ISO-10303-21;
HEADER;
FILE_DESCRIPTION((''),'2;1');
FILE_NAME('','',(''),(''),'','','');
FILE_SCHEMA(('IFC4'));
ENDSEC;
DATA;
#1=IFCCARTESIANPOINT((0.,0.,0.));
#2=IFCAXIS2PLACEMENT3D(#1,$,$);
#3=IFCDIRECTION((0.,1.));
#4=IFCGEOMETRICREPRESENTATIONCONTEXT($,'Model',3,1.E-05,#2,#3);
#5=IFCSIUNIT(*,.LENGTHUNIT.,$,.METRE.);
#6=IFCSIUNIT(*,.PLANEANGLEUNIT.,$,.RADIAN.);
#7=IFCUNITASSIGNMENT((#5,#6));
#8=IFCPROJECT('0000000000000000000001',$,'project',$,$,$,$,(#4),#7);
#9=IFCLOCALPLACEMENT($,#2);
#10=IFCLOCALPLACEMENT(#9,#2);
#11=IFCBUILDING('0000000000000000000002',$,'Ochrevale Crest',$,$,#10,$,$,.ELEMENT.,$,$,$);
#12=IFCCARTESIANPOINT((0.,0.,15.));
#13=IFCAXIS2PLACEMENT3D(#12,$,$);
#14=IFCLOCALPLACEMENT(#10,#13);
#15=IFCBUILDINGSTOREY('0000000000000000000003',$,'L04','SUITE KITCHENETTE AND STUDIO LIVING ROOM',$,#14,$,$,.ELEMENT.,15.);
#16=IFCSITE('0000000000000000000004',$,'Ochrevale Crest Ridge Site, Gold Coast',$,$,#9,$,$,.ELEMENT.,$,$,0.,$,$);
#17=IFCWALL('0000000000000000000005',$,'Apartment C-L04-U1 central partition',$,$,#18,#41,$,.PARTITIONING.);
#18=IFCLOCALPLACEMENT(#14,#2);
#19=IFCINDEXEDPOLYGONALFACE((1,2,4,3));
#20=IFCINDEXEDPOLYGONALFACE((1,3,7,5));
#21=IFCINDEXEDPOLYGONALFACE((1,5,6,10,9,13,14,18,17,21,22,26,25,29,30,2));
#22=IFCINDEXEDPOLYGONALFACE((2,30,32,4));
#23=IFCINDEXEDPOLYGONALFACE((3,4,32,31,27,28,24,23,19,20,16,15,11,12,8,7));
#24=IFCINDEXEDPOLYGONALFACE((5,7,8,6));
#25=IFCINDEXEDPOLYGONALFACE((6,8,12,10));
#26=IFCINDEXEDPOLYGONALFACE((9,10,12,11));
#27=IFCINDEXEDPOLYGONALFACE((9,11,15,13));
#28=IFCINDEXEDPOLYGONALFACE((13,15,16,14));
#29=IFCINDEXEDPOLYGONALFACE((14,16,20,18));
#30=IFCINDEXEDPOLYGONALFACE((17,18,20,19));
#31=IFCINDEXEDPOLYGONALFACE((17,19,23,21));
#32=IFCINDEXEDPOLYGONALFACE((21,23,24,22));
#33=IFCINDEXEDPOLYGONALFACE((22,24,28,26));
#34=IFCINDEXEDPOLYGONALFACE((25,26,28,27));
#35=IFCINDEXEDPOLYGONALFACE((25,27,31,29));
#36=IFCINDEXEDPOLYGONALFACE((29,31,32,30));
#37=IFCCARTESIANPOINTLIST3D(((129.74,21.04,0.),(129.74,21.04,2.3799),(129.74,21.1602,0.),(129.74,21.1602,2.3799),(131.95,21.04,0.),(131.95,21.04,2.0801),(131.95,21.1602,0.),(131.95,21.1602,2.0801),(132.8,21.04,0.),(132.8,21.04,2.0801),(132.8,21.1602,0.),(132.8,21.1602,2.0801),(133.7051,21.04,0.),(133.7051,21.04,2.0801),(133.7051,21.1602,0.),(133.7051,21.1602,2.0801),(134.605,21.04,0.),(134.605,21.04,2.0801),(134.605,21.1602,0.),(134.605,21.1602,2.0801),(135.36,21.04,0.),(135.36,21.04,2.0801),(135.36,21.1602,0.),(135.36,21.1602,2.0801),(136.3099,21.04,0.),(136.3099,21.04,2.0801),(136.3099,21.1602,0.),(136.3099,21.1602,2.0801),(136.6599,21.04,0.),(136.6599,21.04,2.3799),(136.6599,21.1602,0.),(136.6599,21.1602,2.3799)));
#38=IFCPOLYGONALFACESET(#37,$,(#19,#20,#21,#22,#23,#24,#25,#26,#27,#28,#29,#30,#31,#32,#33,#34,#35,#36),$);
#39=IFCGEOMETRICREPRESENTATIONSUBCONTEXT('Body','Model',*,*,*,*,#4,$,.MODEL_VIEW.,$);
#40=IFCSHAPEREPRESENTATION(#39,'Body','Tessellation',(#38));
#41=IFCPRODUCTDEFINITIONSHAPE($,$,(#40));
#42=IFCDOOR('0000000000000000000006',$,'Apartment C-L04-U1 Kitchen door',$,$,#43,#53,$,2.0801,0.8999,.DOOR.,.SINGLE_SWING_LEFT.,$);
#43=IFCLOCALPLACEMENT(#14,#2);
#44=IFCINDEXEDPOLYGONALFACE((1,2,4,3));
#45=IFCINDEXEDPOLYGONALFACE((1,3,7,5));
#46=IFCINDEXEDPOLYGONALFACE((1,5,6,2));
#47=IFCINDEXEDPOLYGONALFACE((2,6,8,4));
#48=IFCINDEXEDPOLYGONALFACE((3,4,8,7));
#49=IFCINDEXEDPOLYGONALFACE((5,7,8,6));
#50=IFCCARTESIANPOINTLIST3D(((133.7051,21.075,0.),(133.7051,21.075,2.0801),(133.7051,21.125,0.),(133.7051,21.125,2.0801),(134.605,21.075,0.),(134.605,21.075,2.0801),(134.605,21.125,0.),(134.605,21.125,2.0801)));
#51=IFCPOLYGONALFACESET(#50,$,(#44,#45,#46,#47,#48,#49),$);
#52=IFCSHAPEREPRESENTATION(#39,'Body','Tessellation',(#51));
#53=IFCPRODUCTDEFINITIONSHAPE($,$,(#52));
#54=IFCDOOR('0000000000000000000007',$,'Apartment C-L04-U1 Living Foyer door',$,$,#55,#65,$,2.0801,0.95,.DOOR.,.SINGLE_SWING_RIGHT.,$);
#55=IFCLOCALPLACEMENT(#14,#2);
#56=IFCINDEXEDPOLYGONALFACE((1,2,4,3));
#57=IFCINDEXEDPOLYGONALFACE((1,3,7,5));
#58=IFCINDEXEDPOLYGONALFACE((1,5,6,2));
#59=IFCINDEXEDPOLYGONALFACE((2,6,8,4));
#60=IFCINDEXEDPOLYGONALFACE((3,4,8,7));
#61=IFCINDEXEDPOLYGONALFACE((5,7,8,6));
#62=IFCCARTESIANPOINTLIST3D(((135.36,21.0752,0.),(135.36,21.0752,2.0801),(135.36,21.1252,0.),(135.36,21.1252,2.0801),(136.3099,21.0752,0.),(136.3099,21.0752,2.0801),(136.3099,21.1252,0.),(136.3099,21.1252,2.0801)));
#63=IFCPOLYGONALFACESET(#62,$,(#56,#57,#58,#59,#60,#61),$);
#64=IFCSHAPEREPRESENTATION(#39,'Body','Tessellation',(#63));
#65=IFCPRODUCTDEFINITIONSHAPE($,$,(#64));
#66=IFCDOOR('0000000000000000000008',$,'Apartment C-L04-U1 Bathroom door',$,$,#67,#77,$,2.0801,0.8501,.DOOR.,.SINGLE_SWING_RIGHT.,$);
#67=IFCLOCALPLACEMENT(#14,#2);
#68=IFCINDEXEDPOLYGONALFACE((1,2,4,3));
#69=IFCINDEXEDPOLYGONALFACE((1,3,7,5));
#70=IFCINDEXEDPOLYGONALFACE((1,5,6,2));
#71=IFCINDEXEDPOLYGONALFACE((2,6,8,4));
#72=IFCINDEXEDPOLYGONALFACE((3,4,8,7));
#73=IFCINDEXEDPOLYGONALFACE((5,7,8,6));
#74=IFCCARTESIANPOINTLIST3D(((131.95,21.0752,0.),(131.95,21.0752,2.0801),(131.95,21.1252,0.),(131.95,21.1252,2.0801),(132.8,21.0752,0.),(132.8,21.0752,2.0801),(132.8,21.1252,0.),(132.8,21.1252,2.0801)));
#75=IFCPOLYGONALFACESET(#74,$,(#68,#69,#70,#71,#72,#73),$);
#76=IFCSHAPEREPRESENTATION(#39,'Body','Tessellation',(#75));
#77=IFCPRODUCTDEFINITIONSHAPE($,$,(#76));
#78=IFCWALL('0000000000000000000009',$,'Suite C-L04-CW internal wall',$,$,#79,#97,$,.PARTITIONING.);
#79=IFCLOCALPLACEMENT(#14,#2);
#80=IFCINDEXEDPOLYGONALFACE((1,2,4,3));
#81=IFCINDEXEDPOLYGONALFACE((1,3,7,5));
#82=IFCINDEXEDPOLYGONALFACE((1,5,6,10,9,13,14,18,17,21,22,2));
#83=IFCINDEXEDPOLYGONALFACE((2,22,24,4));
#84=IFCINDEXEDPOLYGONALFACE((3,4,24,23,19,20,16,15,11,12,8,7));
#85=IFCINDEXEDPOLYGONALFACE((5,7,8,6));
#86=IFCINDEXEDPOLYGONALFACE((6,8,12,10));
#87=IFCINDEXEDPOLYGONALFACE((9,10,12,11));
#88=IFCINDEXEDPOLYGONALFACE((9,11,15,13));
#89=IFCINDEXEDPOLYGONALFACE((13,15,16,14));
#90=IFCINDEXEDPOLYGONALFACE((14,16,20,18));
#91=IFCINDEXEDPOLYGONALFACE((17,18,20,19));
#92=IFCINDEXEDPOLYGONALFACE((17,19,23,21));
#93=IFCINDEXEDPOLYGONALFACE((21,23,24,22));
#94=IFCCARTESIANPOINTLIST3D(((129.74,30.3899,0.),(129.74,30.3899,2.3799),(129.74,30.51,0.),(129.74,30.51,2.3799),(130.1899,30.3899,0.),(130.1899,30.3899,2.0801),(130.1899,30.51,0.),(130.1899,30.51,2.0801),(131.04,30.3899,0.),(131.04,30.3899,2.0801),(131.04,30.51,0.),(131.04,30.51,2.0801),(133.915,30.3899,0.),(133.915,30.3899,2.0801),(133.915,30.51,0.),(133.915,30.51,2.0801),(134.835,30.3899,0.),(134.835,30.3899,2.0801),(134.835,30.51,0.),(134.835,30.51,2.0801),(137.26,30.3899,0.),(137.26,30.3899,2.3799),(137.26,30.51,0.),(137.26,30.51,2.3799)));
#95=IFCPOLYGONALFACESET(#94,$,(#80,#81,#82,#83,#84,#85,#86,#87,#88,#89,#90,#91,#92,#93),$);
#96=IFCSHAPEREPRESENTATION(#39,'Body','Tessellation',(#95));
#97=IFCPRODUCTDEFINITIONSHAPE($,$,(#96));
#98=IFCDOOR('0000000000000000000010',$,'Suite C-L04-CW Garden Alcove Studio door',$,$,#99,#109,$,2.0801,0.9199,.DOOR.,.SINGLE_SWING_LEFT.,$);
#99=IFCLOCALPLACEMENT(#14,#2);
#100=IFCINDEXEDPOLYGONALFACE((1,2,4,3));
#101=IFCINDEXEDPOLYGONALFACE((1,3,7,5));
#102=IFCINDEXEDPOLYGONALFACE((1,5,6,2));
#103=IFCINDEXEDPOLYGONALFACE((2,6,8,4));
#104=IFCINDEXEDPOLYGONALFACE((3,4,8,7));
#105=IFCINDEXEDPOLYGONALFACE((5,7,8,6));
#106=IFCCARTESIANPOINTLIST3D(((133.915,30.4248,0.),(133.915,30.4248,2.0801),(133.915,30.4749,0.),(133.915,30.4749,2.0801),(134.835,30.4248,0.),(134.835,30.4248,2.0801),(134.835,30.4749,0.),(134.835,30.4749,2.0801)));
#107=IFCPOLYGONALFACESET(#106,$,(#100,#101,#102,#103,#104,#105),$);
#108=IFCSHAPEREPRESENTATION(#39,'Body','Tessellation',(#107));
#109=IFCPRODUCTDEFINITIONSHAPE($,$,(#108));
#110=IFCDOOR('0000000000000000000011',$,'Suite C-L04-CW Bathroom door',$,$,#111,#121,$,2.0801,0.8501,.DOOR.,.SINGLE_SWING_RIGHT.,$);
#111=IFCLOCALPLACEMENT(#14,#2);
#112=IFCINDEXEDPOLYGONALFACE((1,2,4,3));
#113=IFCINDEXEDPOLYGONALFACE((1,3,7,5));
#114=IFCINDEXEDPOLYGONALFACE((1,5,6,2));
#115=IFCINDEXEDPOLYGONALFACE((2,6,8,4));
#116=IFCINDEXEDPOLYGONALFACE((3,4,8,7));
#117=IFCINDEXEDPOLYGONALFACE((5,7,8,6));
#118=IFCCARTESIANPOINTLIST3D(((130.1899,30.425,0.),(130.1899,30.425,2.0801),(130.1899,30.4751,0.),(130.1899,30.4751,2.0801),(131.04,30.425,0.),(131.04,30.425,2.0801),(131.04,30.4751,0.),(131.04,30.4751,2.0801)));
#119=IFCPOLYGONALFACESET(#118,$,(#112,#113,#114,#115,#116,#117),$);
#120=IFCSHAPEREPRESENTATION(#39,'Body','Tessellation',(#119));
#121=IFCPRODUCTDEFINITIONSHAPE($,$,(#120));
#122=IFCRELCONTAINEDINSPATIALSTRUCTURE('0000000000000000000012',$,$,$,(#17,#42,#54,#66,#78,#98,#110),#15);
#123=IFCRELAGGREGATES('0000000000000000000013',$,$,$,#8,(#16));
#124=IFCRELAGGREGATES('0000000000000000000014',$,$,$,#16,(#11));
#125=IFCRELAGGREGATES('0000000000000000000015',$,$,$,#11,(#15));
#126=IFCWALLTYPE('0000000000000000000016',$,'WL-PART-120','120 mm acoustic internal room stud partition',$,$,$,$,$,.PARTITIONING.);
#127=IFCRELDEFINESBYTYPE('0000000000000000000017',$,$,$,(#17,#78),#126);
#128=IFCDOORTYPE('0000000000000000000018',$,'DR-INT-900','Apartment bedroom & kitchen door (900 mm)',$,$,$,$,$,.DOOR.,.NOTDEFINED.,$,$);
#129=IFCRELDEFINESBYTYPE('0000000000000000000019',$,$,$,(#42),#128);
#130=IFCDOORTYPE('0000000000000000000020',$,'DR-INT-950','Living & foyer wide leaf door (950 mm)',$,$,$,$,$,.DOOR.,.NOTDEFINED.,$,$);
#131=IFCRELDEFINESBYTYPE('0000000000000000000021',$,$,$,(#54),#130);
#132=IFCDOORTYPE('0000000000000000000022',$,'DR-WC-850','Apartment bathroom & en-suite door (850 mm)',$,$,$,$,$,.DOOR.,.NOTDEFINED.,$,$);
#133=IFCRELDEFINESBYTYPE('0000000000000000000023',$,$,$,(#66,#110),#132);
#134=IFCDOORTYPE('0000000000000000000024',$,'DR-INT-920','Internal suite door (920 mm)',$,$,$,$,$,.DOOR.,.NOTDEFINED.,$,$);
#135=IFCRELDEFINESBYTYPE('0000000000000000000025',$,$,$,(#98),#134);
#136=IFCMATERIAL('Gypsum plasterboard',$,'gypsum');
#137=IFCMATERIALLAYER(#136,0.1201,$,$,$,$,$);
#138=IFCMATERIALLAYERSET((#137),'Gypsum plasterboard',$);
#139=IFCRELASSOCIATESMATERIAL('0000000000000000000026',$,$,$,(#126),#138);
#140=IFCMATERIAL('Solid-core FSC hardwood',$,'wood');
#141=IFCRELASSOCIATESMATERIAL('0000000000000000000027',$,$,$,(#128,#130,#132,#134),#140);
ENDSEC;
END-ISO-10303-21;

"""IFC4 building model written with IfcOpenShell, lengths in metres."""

from ifc_helpers import new_model, si_unit, direction, frame, frame_2d, origin, place, context, subcontext, project, spatial, rectangle, extrude, material, layer, layer_set, type_object, element, fill, save


model = new_model("IFC4")

# Units and contexts
model_context = context("Model", 3, precision=1e-05, world=origin(), true_north=direction((0.0, 1.0)))
body_context = subcontext(model_context, "Body", "Model", "MODEL_VIEW")
ifc_project = project(units=[si_unit("LENGTHUNIT", "METRE"), si_unit("PLANEANGLEUNIT", "RADIAN")], contexts=[model_context])

# Site, building, storey
site_placement = place(None, origin())
site = spatial("IfcSite", under=ifc_project, at=site_placement, Name="Ochrevale Crest Ridge Site, Gold Coast", CompositionType="ELEMENT", RefElevation=0.0)
building_placement = place(site_placement, origin())
building = spatial("IfcBuilding", under=site, at=building_placement, Name="Ochrevale Crest", CompositionType="ELEMENT")
storey_placement = place(building_placement, frame((0.0, 0.0, 15.0)))
storey = spatial("IfcBuildingStorey", under=building, at=storey_placement, Name="L04", Description="SUITE KITCHENETTE AND STUDIO LIVING ROOM", CompositionType="ELEMENT", Elevation=15.0)

# Shared definitions
ifc_material_1 = material(Name="Gypsum plasterboard", Category="gypsum")
ifc_material_2 = material(Name="Solid-core FSC hardwood", Category="wood")

# Walls, openings, doors
ifc_layer_1 = layer(ifc_material_1, 0.1201)
ifc_layer_set_1 = layer_set([ifc_layer_1], Name="Gypsum plasterboard")
wall_type_1 = type_object("IfcWallType", Name="WL-PART-120", Description="120 mm acoustic internal room stud partition", PredefinedType="PARTITIONING", material=ifc_layer_set_1)
wall_1_placement = place(storey_placement, frame((129.74, 21.1001, 0.0), z_axis=(0.0, 0.0, 1.0), x_axis=(1.0, 0.0, 0.0)))
wall_1 = element("IfcWall", 1, at=wall_1_placement, inside=storey, type_object=wall_type_1, Name="Apartment C-L04-U1 central partition", PredefinedType="PARTITIONING", context=body_context, shape_type="SweptSolid", body=[
    extrude(rectangle(XDim=6.9199, YDim=0.1201, at=frame_2d((3.46, 0.0))), origin(), (0.0, 0.0, 1.0), 2.3799),
])
opening_1_placement = place(wall_1_placement, frame((3.0601, 0.0, 0.0), z_axis=(0.0, 0.0, 1.0), x_axis=(-1.0, 0.0, 0.0)))
opening_1 = element("IfcOpeningElement", 2, at=opening_1_placement, cuts=wall_1, PredefinedType="OPENING", context=body_context, shape_type="SweptSolid", body=[
    extrude(rectangle(XDim=0.8501, YDim=2.0801, at=frame_2d((0.425, 1.04))), frame((0.0, 0.0701, 0.0), z_axis=(0.0, -1.0, 0.0), x_axis=(1.0, 0.0, 0.0)), (0.0, 0.0, 1.0), 0.1401),
])
opening_2_placement = place(wall_1_placement, frame((3.9651, 0.0, 0.0)))
opening_2 = element("IfcOpeningElement", 3, at=opening_2_placement, cuts=wall_1, PredefinedType="OPENING", context=body_context, shape_type="SweptSolid", body=[
    extrude(rectangle(XDim=0.8999, YDim=2.0801, at=frame_2d((0.45, 1.04))), frame((0.0, 0.0701, 0.0), z_axis=(0.0, -1.0, 0.0), x_axis=(1.0, 0.0, 0.0)), (0.0, 0.0, 1.0), 0.1401),
])
opening_3_placement = place(wall_1_placement, frame((6.5701, 0.0, 0.0), z_axis=(0.0, 0.0, 1.0), x_axis=(-1.0, 0.0, 0.0)))
opening_3 = element("IfcOpeningElement", 4, at=opening_3_placement, cuts=wall_1, PredefinedType="OPENING", context=body_context, shape_type="SweptSolid", body=[
    extrude(rectangle(XDim=0.95, YDim=2.0801, at=frame_2d((0.4751, 1.04))), frame((0.0, 0.0701, 0.0), z_axis=(0.0, -1.0, 0.0), x_axis=(1.0, 0.0, 0.0)), (0.0, 0.0, 1.0), 0.1401),
])
door_type_1 = type_object("IfcDoorType", Name="DR-INT-900", Description="Apartment bedroom & kitchen door (900 mm)", OperationType="NOTDEFINED", PredefinedType="DOOR", material=ifc_material_2)
door_1_placement = place(opening_2_placement, origin())
door_1 = element("IfcDoor", 5, at=door_1_placement, inside=storey, type_object=door_type_1, Name="Apartment C-L04-U1 Kitchen door", OperationType="SINGLE_SWING_LEFT", OverallHeight=2.0801, OverallWidth=0.8999, PredefinedType="DOOR", context=body_context, shape_type="SweptSolid", body=[
    extrude(rectangle(XDim=0.8999, YDim=2.0801, at=frame_2d((0.45, 1.04))), frame((0.0, 0.0249, 0.0), z_axis=(0.0, -1.0, 0.0), x_axis=(1.0, 0.0, 0.0)), (0.0, 0.0, 1.0), 0.05),
])
fill(opening_2, door_1)
door_type_2 = type_object("IfcDoorType", Name="DR-INT-950", Description="Living & foyer wide leaf door (950 mm)", OperationType="NOTDEFINED", PredefinedType="DOOR", material=ifc_material_2)
door_2_placement = place(opening_3_placement, origin())
door_2 = element("IfcDoor", 6, at=door_2_placement, inside=storey, type_object=door_type_2, Name="Apartment C-L04-U1 Living Foyer door", OperationType="SINGLE_SWING_RIGHT", OverallHeight=2.0801, OverallWidth=0.95, PredefinedType="DOOR", context=body_context, shape_type="SweptSolid", body=[
    extrude(rectangle(XDim=0.95, YDim=2.0801, at=frame_2d((0.4751, 1.04))), frame((0.0, 0.0249, 0.0), z_axis=(0.0, -1.0, 0.0), x_axis=(1.0, 0.0, 0.0)), (0.0, 0.0, 1.0), 0.05),
])
fill(opening_3, door_2)
door_type_3 = type_object("IfcDoorType", Name="DR-WC-850", Description="Apartment bathroom & en-suite door (850 mm)", OperationType="NOTDEFINED", PredefinedType="DOOR", material=ifc_material_2)
door_3_placement = place(opening_1_placement, origin())
door_3 = element("IfcDoor", 7, at=door_3_placement, inside=storey, type_object=door_type_3, Name="Apartment C-L04-U1 Bathroom door", OperationType="SINGLE_SWING_RIGHT", OverallHeight=2.0801, OverallWidth=0.8501, PredefinedType="DOOR", context=body_context, shape_type="SweptSolid", body=[
    extrude(rectangle(XDim=0.8501, YDim=2.0801, at=frame_2d((0.425, 1.04))), frame((0.0, 0.0249, 0.0), z_axis=(0.0, -1.0, 0.0), x_axis=(1.0, 0.0, 0.0)), (0.0, 0.0, 1.0), 0.05),
])
fill(opening_1, door_3)
wall_2_placement = place(storey_placement, frame((129.74, 30.45, 0.0), z_axis=(0.0, 0.0, 1.0), x_axis=(1.0, 0.0, 0.0)))
wall_2 = element("IfcWall", 8, at=wall_2_placement, inside=storey, type_object=wall_type_1, Name="Suite C-L04-CW internal wall", PredefinedType="PARTITIONING", context=body_context, shape_type="SweptSolid", body=[
    extrude(rectangle(XDim=7.52, YDim=0.1201, at=frame_2d((3.76, 0.0))), origin(), (0.0, 0.0, 1.0), 2.3799),
])
opening_4_placement = place(wall_2_placement, frame((1.3, 0.0, 0.0), z_axis=(0.0, 0.0, 1.0), x_axis=(-1.0, 0.0, 0.0)))
opening_4 = element("IfcOpeningElement", 9, at=opening_4_placement, cuts=wall_2, PredefinedType="OPENING", context=body_context, shape_type="SweptSolid", body=[
    extrude(rectangle(XDim=0.8501, YDim=2.0801, at=frame_2d((0.425, 1.04))), frame((0.0, 0.0701, 0.0), z_axis=(0.0, -1.0, 0.0), x_axis=(1.0, 0.0, 0.0)), (0.0, 0.0, 1.0), 0.1401),
])
opening_5_placement = place(wall_2_placement, frame((4.175, 0.0, 0.0)))
opening_5 = element("IfcOpeningElement", 10, at=opening_5_placement, cuts=wall_2, PredefinedType="OPENING", context=body_context, shape_type="SweptSolid", body=[
    extrude(rectangle(XDim=0.9199, YDim=2.0801, at=frame_2d((0.46, 1.04))), frame((0.0, 0.0701, 0.0), z_axis=(0.0, -1.0, 0.0), x_axis=(1.0, 0.0, 0.0)), (0.0, 0.0, 1.0), 0.1401),
])
door_type_4 = type_object("IfcDoorType", Name="DR-INT-920", Description="Internal suite door (920 mm)", OperationType="NOTDEFINED", PredefinedType="DOOR", material=ifc_material_2)
door_4_placement = place(opening_5_placement, origin())
door_4 = element("IfcDoor", 11, at=door_4_placement, inside=storey, type_object=door_type_4, Name="Suite C-L04-CW Garden Alcove Studio door", OperationType="SINGLE_SWING_LEFT", OverallHeight=2.0801, OverallWidth=0.9199, PredefinedType="DOOR", context=body_context, shape_type="SweptSolid", body=[
    extrude(rectangle(XDim=0.9199, YDim=2.0801, at=frame_2d((0.46, 1.04))), frame((0.0, 0.0249, 0.0), z_axis=(0.0, -1.0, 0.0), x_axis=(1.0, 0.0, 0.0)), (0.0, 0.0, 1.0), 0.05),
])
fill(opening_5, door_4)
door_5_placement = place(opening_4_placement, origin())
door_5 = element("IfcDoor", 12, at=door_5_placement, inside=storey, type_object=door_type_3, Name="Suite C-L04-CW Bathroom door", OperationType="SINGLE_SWING_RIGHT", OverallHeight=2.0801, OverallWidth=0.8501, PredefinedType="DOOR", context=body_context, shape_type="SweptSolid", body=[
    extrude(rectangle(XDim=0.8501, YDim=2.0801, at=frame_2d((0.425, 1.04))), frame((0.0, 0.0249, 0.0), z_axis=(0.0, -1.0, 0.0), x_axis=(1.0, 0.0, 0.0)), (0.0, 0.0, 1.0), 0.05),
])
fill(opening_4, door_5)

save(model, "model.ifc")
